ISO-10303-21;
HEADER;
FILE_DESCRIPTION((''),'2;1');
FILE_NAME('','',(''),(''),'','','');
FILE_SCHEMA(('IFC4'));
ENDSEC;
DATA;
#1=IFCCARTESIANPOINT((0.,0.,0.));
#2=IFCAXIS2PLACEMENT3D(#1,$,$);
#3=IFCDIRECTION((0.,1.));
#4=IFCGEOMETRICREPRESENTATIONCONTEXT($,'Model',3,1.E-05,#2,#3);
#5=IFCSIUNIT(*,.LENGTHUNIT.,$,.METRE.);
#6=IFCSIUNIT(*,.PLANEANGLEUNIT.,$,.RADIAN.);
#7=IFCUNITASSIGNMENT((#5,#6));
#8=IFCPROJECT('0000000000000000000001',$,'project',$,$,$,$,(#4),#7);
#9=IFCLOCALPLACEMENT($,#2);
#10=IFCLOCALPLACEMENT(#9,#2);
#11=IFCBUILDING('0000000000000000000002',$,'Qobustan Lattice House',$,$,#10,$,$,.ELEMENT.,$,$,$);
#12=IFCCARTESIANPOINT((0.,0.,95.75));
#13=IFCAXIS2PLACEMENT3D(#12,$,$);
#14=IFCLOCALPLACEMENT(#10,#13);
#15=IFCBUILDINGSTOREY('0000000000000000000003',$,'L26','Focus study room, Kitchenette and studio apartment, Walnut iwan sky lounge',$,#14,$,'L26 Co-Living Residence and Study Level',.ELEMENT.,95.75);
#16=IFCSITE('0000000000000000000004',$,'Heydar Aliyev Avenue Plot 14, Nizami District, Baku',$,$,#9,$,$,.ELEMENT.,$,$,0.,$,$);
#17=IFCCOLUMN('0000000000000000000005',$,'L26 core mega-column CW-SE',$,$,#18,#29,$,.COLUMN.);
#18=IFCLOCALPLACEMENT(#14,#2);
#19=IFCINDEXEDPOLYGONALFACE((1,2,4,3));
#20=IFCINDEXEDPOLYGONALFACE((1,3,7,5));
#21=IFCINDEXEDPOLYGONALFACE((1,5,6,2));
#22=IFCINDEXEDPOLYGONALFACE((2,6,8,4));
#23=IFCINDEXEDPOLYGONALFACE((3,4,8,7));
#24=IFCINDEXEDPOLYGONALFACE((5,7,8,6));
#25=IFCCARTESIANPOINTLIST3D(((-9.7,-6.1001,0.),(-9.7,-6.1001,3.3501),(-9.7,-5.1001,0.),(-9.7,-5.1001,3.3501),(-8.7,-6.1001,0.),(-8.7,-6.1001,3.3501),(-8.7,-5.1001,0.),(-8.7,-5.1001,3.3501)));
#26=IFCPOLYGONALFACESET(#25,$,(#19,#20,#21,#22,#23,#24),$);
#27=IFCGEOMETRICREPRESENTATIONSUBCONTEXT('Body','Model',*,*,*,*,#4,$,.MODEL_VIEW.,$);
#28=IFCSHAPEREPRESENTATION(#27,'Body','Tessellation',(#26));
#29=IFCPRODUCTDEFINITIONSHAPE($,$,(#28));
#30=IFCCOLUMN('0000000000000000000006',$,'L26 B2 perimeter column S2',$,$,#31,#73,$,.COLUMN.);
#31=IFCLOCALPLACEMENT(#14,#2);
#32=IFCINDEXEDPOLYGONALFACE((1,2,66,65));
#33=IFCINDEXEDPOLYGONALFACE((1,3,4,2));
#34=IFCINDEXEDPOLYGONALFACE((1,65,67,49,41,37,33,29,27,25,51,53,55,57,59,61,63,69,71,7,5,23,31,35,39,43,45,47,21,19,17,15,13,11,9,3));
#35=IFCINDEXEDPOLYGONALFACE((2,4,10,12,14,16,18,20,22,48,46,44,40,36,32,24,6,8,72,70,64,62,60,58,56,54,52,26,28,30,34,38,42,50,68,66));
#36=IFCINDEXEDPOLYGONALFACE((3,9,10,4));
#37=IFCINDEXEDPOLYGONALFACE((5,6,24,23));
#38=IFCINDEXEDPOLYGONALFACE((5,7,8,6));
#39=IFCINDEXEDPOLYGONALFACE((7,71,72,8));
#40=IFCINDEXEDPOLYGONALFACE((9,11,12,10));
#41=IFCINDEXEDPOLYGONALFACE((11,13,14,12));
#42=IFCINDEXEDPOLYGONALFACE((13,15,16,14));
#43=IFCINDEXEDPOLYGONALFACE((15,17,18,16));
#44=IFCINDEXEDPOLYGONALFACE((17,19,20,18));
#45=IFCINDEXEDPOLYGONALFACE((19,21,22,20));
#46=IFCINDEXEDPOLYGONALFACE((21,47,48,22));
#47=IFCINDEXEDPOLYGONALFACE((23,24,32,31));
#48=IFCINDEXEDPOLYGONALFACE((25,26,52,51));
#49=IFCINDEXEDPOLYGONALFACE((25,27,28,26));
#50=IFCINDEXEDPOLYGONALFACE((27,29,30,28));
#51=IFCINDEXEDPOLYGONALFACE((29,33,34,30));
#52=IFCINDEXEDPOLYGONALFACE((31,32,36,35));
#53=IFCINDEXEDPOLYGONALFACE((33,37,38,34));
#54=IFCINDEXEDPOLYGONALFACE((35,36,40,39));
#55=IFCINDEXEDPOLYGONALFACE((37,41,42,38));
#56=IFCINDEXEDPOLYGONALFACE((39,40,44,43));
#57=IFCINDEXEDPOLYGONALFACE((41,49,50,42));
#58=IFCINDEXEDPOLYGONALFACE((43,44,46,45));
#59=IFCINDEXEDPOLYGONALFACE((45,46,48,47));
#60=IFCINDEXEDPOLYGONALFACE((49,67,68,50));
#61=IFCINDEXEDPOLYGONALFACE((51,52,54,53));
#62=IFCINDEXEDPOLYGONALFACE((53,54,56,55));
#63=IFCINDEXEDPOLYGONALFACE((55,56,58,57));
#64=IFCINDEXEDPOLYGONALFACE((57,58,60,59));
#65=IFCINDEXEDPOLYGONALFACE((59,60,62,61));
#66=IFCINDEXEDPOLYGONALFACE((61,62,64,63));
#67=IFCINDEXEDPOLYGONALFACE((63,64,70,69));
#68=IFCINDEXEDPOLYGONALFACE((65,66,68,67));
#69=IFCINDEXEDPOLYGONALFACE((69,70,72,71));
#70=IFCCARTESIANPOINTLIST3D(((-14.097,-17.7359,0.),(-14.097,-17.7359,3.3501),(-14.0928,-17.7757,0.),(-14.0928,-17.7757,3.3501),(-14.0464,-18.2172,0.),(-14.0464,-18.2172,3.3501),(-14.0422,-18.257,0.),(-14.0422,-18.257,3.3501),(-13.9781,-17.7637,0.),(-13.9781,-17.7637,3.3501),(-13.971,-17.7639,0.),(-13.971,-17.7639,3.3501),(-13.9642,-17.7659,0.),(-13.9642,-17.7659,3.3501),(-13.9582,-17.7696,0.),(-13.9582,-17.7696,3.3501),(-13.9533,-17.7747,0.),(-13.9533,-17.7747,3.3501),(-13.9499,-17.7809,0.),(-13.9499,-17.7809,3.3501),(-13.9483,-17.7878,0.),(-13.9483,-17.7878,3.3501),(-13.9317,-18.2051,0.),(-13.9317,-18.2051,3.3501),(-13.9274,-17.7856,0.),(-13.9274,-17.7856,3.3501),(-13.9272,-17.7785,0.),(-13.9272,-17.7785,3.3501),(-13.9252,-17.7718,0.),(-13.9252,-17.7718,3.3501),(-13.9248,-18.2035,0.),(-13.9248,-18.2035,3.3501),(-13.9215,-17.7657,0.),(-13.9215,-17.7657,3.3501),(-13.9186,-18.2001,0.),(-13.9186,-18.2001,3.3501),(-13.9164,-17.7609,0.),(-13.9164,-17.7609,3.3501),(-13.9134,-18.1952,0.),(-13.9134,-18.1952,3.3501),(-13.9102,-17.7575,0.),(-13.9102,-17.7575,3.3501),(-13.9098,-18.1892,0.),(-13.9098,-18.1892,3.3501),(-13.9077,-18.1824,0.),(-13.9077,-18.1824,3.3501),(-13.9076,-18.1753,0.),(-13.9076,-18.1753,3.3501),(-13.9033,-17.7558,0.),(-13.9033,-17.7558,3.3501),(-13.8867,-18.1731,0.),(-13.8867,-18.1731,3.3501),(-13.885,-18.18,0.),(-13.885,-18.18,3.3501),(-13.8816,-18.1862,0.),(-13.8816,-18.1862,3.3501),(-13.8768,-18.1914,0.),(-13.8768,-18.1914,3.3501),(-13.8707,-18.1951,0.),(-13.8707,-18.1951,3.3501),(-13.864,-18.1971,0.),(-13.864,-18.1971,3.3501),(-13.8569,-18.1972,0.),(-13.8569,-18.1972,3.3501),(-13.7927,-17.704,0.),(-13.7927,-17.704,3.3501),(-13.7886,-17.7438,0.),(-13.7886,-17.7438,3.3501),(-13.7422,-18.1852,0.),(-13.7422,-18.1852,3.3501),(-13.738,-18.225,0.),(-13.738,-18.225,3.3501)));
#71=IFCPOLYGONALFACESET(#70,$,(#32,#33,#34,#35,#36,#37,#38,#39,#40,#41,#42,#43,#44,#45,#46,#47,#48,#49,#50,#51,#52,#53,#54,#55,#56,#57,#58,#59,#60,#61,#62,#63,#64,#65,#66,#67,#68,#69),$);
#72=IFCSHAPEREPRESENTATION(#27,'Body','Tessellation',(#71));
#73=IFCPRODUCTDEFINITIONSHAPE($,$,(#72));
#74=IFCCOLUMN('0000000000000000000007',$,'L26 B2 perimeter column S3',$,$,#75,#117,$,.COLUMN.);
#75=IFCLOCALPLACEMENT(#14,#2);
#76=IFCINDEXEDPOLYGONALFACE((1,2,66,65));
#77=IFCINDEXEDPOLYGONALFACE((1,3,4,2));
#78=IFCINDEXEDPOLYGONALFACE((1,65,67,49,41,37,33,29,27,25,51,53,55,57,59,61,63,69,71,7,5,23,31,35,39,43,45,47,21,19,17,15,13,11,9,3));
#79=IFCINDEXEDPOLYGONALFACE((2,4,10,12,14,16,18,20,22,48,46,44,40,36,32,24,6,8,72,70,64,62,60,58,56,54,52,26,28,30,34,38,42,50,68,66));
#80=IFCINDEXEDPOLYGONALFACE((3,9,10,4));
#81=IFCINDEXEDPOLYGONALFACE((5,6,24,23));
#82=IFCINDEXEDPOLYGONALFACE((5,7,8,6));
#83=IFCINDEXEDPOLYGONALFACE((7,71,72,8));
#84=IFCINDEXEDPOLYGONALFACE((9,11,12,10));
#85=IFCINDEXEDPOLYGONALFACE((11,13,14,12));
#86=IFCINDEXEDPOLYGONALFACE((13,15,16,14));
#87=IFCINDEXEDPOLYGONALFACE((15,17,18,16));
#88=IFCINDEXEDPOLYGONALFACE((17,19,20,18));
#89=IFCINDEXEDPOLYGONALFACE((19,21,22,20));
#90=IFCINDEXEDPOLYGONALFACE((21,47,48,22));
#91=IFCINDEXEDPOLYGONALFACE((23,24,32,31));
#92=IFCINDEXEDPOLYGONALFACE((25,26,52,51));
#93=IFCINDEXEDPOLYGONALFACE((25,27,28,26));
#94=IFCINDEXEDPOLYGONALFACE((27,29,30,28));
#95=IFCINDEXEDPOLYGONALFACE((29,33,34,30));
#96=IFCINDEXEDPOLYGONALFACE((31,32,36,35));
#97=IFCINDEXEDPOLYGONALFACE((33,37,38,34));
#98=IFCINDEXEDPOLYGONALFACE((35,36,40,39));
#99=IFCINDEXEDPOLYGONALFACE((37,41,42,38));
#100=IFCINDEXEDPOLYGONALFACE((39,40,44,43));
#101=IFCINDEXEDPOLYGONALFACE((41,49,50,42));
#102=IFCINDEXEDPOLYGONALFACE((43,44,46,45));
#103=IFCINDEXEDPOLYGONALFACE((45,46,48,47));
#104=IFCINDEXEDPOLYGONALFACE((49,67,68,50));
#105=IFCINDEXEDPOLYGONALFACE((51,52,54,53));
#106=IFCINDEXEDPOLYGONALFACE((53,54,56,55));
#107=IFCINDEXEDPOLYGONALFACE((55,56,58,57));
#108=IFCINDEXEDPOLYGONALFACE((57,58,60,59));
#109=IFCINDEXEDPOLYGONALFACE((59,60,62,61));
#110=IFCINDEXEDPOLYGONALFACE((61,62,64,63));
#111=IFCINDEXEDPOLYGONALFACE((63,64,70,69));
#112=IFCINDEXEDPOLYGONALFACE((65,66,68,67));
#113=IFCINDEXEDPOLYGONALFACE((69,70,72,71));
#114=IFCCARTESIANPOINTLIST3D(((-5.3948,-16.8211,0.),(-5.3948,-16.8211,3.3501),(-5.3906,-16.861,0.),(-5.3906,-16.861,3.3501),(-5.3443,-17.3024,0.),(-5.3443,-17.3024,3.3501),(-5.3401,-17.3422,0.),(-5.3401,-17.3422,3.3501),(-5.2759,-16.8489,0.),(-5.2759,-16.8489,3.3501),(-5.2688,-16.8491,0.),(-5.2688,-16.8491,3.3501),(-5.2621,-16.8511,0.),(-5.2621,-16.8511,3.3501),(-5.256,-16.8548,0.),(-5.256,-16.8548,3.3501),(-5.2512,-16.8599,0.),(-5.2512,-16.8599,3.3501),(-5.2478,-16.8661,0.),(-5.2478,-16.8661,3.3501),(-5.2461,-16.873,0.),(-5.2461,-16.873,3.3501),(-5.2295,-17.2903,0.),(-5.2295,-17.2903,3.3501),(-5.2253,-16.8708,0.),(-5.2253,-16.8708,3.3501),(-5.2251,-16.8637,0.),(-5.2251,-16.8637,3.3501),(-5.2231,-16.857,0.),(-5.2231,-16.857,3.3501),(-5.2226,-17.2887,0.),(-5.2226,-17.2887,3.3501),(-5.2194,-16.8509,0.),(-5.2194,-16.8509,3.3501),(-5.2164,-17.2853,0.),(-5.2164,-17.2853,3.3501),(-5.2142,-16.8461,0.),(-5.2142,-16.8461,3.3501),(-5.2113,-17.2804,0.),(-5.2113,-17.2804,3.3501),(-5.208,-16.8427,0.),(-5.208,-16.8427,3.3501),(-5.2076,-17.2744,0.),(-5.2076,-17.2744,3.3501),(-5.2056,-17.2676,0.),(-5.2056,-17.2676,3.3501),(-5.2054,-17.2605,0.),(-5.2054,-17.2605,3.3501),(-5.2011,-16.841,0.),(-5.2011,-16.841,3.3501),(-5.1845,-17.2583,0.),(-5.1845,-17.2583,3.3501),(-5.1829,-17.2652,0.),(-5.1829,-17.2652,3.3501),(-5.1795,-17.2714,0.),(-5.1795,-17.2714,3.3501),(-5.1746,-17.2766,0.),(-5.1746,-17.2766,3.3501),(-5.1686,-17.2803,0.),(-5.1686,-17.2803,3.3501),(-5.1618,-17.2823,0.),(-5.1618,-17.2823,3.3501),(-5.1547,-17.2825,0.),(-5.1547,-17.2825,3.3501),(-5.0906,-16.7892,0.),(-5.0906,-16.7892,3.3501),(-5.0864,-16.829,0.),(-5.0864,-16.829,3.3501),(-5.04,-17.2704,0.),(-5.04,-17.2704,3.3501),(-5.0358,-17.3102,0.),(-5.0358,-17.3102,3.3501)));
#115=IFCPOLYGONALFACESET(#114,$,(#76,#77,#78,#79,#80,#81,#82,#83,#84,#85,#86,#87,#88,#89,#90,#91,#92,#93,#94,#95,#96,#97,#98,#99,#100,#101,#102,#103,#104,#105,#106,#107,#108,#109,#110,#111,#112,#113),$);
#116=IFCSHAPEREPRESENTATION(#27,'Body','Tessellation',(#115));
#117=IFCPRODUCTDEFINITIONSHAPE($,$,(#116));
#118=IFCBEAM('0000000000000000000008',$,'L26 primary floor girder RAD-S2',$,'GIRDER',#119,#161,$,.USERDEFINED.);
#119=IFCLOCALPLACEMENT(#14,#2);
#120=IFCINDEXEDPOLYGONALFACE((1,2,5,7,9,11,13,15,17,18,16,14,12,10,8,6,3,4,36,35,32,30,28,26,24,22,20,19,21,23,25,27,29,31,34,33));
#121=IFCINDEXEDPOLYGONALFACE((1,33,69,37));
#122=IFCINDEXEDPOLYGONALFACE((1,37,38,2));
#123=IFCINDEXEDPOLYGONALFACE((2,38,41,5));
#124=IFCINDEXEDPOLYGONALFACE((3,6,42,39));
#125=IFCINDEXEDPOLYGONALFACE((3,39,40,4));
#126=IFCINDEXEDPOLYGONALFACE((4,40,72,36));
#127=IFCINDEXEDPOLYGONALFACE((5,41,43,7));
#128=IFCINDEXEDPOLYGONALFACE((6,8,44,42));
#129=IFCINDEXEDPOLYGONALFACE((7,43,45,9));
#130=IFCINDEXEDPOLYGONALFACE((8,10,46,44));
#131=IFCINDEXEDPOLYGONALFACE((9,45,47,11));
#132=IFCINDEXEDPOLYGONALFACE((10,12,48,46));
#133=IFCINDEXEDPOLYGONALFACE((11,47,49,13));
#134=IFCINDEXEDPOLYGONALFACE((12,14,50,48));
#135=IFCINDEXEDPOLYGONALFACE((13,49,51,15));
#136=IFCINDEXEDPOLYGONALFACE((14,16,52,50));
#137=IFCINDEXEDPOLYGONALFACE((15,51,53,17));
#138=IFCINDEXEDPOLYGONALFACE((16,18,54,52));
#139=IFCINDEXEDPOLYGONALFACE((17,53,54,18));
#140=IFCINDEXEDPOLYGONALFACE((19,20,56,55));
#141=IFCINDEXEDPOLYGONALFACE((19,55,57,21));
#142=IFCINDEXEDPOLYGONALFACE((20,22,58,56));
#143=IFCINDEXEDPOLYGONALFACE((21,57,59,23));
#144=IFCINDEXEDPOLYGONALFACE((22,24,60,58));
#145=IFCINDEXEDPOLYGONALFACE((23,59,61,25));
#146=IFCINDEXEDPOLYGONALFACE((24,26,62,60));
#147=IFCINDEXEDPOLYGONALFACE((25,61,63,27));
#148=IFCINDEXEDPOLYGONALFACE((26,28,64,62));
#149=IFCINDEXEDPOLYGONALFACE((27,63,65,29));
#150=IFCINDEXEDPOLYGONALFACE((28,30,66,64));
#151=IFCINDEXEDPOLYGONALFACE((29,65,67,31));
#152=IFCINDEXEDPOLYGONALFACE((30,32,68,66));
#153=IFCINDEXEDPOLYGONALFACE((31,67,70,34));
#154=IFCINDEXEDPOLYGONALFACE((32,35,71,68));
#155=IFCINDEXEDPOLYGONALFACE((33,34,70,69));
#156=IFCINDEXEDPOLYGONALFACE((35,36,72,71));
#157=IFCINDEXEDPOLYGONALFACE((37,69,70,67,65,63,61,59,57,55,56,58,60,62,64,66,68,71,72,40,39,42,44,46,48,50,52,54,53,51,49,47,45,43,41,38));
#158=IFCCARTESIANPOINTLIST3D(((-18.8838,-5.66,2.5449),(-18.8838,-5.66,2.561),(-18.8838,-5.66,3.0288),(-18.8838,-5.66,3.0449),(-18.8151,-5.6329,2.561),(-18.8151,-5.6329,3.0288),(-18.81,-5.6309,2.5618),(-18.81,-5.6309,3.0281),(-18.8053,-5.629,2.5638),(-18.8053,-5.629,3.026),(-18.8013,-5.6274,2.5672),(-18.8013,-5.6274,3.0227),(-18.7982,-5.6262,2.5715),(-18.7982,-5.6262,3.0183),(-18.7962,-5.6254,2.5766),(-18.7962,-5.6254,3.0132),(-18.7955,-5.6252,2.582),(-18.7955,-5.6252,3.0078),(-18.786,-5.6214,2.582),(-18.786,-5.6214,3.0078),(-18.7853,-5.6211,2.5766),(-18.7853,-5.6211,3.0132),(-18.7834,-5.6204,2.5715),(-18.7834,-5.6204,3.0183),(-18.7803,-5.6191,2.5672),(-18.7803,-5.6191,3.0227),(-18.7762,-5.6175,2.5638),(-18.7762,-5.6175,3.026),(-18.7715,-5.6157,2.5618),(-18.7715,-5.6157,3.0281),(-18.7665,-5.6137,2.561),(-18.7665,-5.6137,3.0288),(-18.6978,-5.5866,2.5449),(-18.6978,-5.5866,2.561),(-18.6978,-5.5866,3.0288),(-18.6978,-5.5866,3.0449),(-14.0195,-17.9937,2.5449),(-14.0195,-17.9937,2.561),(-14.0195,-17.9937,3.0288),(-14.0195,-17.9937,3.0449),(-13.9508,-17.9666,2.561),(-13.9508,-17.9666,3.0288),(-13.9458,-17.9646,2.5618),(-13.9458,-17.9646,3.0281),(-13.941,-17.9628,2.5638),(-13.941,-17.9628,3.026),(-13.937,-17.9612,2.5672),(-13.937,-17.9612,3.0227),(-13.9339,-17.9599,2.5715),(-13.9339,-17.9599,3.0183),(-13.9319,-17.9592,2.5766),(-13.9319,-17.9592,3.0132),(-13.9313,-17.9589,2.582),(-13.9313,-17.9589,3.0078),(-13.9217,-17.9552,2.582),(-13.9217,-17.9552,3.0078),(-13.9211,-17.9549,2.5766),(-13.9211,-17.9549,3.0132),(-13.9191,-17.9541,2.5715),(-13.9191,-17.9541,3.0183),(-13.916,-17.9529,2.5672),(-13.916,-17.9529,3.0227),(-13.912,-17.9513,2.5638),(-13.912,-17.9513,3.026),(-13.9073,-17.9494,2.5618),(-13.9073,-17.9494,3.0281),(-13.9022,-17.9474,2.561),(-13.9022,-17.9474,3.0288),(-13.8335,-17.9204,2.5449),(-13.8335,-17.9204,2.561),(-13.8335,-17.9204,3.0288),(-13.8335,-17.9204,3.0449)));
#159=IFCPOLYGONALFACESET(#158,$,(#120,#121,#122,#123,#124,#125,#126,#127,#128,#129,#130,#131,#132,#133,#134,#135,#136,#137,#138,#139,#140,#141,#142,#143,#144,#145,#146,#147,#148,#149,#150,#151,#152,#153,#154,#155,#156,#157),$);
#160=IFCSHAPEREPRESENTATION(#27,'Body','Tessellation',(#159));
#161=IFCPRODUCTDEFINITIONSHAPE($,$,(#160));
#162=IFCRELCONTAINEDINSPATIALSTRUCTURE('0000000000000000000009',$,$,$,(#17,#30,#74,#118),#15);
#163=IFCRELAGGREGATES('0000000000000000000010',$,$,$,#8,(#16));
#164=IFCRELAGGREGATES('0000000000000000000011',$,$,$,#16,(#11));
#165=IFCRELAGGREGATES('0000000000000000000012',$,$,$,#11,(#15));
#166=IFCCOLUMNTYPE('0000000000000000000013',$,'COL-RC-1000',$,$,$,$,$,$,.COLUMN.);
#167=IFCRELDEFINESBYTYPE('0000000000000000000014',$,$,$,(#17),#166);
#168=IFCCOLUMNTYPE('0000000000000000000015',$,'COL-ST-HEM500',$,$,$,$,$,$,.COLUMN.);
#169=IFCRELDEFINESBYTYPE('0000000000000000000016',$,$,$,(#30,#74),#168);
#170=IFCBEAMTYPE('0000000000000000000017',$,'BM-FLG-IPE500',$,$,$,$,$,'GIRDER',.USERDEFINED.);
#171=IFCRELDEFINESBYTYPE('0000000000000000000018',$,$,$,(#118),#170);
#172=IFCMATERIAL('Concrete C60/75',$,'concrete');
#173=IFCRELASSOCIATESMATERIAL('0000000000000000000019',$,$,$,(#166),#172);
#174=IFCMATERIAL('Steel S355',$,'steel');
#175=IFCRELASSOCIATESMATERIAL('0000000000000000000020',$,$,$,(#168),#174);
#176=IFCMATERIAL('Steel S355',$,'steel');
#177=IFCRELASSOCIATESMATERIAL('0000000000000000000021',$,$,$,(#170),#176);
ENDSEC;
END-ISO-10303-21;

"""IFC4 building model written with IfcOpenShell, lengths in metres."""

from ifc_helpers import new_model, si_unit, direction, frame, origin, origin_2d, place, context, subcontext, project, spatial, rectangle, i_section, extrude, material, material_profile, profile_set, type_object, element, save


model = new_model("IFC4")

# Units and contexts
model_context = context("Model", 3, precision=1e-05, world=origin(), true_north=direction((0.0, 1.0)))
body_context = subcontext(model_context, "Body", "Model", "MODEL_VIEW")
ifc_project = project(units=[si_unit("LENGTHUNIT", "METRE"), si_unit("PLANEANGLEUNIT", "RADIAN")], contexts=[model_context])

# Site, building, storey
site_placement = place(None, origin())
site = spatial("IfcSite", under=ifc_project, at=site_placement, Name="Heydar Aliyev Avenue Plot 14, Nizami District, Baku", CompositionType="ELEMENT", RefElevation=0.0)
building_placement = place(site_placement, origin())
building = spatial("IfcBuilding", under=site, at=building_placement, Name="Qobustan Lattice House", CompositionType="ELEMENT")
storey_placement = place(building_placement, frame((0.0, 0.0, 95.75)))
storey = spatial("IfcBuildingStorey", under=building, at=storey_placement, Name="L26", Description="Focus study room, Kitchenette and studio apartment, Walnut iwan sky lounge", LongName="L26 Co-Living Residence and Study Level", CompositionType="ELEMENT", Elevation=95.75)

# Columns
ifc_material_1 = material(Name="Concrete C60/75", Category="concrete")
ifc_material_profile_1 = material_profile(ifc_material_1, rectangle(XDim=1.0, YDim=1.0, at=origin_2d()), Name="RC1000x1000")
ifc_profile_set_1 = profile_set([ifc_material_profile_1], Name="Concrete C60/75")
column_type_1 = type_object("IfcColumnType", Name="COL-RC-1000", PredefinedType="COLUMN", material=ifc_profile_set_1)
column_placement = place(storey_placement, frame((-9.2, -5.6001, 0.0), z_axis=(0.0, 0.0, 1.0), x_axis=(1.0, 0.0, 0.0)))
element("IfcColumn", 1, at=column_placement, inside=storey, type_object=column_type_1, Name="L26 core mega-column CW-SE", PredefinedType="COLUMN", context=body_context, shape_type="SweptSolid", body=[
    extrude(rectangle(XDim=1.0, YDim=1.0, at=origin_2d()), origin(), (0.0, 0.0, 1.0), 3.3501),
])
ifc_material_2 = material(Name="Steel S355", Category="steel")
ifc_material_profile_2 = material_profile(ifc_material_2, i_section(OverallWidth=0.3059, OverallDepth=0.5239, WebThickness=0.021, FlangeThickness=0.04, FilletRadius=0.0271, at=origin_2d()), Name="HEM500")
ifc_profile_set_2 = profile_set([ifc_material_profile_2], Name="Steel S355")
column_type_2 = type_object("IfcColumnType", Name="COL-ST-HEM500", PredefinedType="COLUMN", material=ifc_profile_set_2)
for number, where, z_axis, x_axis, name in (
    (2, (-13.9175, -17.9805, 0.0), (0.0, 0.0, 1.0), (0.994522, 0.104528, 0.0), "L26 B2 perimeter column S2"),
    (3, (-5.2153, -17.0657, 0.0), (0.0, 0.0, 1.0), (0.994522, 0.104528, 0.0), "L26 B2 perimeter column S3"),
):
    element("IfcColumn", number, at=place(storey_placement, frame(where, z_axis=z_axis, x_axis=x_axis)), inside=storey, type_object=column_type_2, Name=name, PredefinedType="COLUMN", context=body_context, shape_type="SweptSolid", body=[
        extrude(i_section(OverallWidth=0.3059, OverallDepth=0.5239, WebThickness=0.021, FlangeThickness=0.04, FilletRadius=0.0271, at=origin_2d()), origin(), (0.0, 0.0, 1.0), 3.3501),
    ])

# Beam
ifc_material_3 = material(Name="Steel S355", Category="steel")
ifc_material_profile_3 = material_profile(ifc_material_3, i_section(OverallWidth=0.2, OverallDepth=0.5, WebThickness=0.0103, FlangeThickness=0.0161, FilletRadius=0.021, at=origin_2d()), Name="IPE500")
ifc_profile_set_3 = profile_set([ifc_material_profile_3], Name="Steel S355")
beam_type_1 = type_object("IfcBeamType", Name="BM-FLG-IPE500", ElementType="GIRDER", PredefinedType="USERDEFINED", material=ifc_profile_set_3)
beam_1_placement = place(storey_placement, frame((-13.9265, -17.957, 2.7949), z_axis=(-0.366884, 0.930267, 0.0), x_axis=(-0.930267, -0.366884, 0.0)))
element("IfcBeam", 4, at=beam_1_placement, inside=storey, type_object=beam_type_1, Name="L26 primary floor girder RAD-S2", ObjectType="GIRDER", PredefinedType="USERDEFINED", context=body_context, shape_type="SweptSolid", body=[
    extrude(i_section(OverallWidth=0.2, OverallDepth=0.5, WebThickness=0.0103, FlangeThickness=0.0161, FilletRadius=0.021, at=origin_2d()), origin(), (0.0, 0.0, 1.0), 13.2583),
])

save(model, "model.ifc")
